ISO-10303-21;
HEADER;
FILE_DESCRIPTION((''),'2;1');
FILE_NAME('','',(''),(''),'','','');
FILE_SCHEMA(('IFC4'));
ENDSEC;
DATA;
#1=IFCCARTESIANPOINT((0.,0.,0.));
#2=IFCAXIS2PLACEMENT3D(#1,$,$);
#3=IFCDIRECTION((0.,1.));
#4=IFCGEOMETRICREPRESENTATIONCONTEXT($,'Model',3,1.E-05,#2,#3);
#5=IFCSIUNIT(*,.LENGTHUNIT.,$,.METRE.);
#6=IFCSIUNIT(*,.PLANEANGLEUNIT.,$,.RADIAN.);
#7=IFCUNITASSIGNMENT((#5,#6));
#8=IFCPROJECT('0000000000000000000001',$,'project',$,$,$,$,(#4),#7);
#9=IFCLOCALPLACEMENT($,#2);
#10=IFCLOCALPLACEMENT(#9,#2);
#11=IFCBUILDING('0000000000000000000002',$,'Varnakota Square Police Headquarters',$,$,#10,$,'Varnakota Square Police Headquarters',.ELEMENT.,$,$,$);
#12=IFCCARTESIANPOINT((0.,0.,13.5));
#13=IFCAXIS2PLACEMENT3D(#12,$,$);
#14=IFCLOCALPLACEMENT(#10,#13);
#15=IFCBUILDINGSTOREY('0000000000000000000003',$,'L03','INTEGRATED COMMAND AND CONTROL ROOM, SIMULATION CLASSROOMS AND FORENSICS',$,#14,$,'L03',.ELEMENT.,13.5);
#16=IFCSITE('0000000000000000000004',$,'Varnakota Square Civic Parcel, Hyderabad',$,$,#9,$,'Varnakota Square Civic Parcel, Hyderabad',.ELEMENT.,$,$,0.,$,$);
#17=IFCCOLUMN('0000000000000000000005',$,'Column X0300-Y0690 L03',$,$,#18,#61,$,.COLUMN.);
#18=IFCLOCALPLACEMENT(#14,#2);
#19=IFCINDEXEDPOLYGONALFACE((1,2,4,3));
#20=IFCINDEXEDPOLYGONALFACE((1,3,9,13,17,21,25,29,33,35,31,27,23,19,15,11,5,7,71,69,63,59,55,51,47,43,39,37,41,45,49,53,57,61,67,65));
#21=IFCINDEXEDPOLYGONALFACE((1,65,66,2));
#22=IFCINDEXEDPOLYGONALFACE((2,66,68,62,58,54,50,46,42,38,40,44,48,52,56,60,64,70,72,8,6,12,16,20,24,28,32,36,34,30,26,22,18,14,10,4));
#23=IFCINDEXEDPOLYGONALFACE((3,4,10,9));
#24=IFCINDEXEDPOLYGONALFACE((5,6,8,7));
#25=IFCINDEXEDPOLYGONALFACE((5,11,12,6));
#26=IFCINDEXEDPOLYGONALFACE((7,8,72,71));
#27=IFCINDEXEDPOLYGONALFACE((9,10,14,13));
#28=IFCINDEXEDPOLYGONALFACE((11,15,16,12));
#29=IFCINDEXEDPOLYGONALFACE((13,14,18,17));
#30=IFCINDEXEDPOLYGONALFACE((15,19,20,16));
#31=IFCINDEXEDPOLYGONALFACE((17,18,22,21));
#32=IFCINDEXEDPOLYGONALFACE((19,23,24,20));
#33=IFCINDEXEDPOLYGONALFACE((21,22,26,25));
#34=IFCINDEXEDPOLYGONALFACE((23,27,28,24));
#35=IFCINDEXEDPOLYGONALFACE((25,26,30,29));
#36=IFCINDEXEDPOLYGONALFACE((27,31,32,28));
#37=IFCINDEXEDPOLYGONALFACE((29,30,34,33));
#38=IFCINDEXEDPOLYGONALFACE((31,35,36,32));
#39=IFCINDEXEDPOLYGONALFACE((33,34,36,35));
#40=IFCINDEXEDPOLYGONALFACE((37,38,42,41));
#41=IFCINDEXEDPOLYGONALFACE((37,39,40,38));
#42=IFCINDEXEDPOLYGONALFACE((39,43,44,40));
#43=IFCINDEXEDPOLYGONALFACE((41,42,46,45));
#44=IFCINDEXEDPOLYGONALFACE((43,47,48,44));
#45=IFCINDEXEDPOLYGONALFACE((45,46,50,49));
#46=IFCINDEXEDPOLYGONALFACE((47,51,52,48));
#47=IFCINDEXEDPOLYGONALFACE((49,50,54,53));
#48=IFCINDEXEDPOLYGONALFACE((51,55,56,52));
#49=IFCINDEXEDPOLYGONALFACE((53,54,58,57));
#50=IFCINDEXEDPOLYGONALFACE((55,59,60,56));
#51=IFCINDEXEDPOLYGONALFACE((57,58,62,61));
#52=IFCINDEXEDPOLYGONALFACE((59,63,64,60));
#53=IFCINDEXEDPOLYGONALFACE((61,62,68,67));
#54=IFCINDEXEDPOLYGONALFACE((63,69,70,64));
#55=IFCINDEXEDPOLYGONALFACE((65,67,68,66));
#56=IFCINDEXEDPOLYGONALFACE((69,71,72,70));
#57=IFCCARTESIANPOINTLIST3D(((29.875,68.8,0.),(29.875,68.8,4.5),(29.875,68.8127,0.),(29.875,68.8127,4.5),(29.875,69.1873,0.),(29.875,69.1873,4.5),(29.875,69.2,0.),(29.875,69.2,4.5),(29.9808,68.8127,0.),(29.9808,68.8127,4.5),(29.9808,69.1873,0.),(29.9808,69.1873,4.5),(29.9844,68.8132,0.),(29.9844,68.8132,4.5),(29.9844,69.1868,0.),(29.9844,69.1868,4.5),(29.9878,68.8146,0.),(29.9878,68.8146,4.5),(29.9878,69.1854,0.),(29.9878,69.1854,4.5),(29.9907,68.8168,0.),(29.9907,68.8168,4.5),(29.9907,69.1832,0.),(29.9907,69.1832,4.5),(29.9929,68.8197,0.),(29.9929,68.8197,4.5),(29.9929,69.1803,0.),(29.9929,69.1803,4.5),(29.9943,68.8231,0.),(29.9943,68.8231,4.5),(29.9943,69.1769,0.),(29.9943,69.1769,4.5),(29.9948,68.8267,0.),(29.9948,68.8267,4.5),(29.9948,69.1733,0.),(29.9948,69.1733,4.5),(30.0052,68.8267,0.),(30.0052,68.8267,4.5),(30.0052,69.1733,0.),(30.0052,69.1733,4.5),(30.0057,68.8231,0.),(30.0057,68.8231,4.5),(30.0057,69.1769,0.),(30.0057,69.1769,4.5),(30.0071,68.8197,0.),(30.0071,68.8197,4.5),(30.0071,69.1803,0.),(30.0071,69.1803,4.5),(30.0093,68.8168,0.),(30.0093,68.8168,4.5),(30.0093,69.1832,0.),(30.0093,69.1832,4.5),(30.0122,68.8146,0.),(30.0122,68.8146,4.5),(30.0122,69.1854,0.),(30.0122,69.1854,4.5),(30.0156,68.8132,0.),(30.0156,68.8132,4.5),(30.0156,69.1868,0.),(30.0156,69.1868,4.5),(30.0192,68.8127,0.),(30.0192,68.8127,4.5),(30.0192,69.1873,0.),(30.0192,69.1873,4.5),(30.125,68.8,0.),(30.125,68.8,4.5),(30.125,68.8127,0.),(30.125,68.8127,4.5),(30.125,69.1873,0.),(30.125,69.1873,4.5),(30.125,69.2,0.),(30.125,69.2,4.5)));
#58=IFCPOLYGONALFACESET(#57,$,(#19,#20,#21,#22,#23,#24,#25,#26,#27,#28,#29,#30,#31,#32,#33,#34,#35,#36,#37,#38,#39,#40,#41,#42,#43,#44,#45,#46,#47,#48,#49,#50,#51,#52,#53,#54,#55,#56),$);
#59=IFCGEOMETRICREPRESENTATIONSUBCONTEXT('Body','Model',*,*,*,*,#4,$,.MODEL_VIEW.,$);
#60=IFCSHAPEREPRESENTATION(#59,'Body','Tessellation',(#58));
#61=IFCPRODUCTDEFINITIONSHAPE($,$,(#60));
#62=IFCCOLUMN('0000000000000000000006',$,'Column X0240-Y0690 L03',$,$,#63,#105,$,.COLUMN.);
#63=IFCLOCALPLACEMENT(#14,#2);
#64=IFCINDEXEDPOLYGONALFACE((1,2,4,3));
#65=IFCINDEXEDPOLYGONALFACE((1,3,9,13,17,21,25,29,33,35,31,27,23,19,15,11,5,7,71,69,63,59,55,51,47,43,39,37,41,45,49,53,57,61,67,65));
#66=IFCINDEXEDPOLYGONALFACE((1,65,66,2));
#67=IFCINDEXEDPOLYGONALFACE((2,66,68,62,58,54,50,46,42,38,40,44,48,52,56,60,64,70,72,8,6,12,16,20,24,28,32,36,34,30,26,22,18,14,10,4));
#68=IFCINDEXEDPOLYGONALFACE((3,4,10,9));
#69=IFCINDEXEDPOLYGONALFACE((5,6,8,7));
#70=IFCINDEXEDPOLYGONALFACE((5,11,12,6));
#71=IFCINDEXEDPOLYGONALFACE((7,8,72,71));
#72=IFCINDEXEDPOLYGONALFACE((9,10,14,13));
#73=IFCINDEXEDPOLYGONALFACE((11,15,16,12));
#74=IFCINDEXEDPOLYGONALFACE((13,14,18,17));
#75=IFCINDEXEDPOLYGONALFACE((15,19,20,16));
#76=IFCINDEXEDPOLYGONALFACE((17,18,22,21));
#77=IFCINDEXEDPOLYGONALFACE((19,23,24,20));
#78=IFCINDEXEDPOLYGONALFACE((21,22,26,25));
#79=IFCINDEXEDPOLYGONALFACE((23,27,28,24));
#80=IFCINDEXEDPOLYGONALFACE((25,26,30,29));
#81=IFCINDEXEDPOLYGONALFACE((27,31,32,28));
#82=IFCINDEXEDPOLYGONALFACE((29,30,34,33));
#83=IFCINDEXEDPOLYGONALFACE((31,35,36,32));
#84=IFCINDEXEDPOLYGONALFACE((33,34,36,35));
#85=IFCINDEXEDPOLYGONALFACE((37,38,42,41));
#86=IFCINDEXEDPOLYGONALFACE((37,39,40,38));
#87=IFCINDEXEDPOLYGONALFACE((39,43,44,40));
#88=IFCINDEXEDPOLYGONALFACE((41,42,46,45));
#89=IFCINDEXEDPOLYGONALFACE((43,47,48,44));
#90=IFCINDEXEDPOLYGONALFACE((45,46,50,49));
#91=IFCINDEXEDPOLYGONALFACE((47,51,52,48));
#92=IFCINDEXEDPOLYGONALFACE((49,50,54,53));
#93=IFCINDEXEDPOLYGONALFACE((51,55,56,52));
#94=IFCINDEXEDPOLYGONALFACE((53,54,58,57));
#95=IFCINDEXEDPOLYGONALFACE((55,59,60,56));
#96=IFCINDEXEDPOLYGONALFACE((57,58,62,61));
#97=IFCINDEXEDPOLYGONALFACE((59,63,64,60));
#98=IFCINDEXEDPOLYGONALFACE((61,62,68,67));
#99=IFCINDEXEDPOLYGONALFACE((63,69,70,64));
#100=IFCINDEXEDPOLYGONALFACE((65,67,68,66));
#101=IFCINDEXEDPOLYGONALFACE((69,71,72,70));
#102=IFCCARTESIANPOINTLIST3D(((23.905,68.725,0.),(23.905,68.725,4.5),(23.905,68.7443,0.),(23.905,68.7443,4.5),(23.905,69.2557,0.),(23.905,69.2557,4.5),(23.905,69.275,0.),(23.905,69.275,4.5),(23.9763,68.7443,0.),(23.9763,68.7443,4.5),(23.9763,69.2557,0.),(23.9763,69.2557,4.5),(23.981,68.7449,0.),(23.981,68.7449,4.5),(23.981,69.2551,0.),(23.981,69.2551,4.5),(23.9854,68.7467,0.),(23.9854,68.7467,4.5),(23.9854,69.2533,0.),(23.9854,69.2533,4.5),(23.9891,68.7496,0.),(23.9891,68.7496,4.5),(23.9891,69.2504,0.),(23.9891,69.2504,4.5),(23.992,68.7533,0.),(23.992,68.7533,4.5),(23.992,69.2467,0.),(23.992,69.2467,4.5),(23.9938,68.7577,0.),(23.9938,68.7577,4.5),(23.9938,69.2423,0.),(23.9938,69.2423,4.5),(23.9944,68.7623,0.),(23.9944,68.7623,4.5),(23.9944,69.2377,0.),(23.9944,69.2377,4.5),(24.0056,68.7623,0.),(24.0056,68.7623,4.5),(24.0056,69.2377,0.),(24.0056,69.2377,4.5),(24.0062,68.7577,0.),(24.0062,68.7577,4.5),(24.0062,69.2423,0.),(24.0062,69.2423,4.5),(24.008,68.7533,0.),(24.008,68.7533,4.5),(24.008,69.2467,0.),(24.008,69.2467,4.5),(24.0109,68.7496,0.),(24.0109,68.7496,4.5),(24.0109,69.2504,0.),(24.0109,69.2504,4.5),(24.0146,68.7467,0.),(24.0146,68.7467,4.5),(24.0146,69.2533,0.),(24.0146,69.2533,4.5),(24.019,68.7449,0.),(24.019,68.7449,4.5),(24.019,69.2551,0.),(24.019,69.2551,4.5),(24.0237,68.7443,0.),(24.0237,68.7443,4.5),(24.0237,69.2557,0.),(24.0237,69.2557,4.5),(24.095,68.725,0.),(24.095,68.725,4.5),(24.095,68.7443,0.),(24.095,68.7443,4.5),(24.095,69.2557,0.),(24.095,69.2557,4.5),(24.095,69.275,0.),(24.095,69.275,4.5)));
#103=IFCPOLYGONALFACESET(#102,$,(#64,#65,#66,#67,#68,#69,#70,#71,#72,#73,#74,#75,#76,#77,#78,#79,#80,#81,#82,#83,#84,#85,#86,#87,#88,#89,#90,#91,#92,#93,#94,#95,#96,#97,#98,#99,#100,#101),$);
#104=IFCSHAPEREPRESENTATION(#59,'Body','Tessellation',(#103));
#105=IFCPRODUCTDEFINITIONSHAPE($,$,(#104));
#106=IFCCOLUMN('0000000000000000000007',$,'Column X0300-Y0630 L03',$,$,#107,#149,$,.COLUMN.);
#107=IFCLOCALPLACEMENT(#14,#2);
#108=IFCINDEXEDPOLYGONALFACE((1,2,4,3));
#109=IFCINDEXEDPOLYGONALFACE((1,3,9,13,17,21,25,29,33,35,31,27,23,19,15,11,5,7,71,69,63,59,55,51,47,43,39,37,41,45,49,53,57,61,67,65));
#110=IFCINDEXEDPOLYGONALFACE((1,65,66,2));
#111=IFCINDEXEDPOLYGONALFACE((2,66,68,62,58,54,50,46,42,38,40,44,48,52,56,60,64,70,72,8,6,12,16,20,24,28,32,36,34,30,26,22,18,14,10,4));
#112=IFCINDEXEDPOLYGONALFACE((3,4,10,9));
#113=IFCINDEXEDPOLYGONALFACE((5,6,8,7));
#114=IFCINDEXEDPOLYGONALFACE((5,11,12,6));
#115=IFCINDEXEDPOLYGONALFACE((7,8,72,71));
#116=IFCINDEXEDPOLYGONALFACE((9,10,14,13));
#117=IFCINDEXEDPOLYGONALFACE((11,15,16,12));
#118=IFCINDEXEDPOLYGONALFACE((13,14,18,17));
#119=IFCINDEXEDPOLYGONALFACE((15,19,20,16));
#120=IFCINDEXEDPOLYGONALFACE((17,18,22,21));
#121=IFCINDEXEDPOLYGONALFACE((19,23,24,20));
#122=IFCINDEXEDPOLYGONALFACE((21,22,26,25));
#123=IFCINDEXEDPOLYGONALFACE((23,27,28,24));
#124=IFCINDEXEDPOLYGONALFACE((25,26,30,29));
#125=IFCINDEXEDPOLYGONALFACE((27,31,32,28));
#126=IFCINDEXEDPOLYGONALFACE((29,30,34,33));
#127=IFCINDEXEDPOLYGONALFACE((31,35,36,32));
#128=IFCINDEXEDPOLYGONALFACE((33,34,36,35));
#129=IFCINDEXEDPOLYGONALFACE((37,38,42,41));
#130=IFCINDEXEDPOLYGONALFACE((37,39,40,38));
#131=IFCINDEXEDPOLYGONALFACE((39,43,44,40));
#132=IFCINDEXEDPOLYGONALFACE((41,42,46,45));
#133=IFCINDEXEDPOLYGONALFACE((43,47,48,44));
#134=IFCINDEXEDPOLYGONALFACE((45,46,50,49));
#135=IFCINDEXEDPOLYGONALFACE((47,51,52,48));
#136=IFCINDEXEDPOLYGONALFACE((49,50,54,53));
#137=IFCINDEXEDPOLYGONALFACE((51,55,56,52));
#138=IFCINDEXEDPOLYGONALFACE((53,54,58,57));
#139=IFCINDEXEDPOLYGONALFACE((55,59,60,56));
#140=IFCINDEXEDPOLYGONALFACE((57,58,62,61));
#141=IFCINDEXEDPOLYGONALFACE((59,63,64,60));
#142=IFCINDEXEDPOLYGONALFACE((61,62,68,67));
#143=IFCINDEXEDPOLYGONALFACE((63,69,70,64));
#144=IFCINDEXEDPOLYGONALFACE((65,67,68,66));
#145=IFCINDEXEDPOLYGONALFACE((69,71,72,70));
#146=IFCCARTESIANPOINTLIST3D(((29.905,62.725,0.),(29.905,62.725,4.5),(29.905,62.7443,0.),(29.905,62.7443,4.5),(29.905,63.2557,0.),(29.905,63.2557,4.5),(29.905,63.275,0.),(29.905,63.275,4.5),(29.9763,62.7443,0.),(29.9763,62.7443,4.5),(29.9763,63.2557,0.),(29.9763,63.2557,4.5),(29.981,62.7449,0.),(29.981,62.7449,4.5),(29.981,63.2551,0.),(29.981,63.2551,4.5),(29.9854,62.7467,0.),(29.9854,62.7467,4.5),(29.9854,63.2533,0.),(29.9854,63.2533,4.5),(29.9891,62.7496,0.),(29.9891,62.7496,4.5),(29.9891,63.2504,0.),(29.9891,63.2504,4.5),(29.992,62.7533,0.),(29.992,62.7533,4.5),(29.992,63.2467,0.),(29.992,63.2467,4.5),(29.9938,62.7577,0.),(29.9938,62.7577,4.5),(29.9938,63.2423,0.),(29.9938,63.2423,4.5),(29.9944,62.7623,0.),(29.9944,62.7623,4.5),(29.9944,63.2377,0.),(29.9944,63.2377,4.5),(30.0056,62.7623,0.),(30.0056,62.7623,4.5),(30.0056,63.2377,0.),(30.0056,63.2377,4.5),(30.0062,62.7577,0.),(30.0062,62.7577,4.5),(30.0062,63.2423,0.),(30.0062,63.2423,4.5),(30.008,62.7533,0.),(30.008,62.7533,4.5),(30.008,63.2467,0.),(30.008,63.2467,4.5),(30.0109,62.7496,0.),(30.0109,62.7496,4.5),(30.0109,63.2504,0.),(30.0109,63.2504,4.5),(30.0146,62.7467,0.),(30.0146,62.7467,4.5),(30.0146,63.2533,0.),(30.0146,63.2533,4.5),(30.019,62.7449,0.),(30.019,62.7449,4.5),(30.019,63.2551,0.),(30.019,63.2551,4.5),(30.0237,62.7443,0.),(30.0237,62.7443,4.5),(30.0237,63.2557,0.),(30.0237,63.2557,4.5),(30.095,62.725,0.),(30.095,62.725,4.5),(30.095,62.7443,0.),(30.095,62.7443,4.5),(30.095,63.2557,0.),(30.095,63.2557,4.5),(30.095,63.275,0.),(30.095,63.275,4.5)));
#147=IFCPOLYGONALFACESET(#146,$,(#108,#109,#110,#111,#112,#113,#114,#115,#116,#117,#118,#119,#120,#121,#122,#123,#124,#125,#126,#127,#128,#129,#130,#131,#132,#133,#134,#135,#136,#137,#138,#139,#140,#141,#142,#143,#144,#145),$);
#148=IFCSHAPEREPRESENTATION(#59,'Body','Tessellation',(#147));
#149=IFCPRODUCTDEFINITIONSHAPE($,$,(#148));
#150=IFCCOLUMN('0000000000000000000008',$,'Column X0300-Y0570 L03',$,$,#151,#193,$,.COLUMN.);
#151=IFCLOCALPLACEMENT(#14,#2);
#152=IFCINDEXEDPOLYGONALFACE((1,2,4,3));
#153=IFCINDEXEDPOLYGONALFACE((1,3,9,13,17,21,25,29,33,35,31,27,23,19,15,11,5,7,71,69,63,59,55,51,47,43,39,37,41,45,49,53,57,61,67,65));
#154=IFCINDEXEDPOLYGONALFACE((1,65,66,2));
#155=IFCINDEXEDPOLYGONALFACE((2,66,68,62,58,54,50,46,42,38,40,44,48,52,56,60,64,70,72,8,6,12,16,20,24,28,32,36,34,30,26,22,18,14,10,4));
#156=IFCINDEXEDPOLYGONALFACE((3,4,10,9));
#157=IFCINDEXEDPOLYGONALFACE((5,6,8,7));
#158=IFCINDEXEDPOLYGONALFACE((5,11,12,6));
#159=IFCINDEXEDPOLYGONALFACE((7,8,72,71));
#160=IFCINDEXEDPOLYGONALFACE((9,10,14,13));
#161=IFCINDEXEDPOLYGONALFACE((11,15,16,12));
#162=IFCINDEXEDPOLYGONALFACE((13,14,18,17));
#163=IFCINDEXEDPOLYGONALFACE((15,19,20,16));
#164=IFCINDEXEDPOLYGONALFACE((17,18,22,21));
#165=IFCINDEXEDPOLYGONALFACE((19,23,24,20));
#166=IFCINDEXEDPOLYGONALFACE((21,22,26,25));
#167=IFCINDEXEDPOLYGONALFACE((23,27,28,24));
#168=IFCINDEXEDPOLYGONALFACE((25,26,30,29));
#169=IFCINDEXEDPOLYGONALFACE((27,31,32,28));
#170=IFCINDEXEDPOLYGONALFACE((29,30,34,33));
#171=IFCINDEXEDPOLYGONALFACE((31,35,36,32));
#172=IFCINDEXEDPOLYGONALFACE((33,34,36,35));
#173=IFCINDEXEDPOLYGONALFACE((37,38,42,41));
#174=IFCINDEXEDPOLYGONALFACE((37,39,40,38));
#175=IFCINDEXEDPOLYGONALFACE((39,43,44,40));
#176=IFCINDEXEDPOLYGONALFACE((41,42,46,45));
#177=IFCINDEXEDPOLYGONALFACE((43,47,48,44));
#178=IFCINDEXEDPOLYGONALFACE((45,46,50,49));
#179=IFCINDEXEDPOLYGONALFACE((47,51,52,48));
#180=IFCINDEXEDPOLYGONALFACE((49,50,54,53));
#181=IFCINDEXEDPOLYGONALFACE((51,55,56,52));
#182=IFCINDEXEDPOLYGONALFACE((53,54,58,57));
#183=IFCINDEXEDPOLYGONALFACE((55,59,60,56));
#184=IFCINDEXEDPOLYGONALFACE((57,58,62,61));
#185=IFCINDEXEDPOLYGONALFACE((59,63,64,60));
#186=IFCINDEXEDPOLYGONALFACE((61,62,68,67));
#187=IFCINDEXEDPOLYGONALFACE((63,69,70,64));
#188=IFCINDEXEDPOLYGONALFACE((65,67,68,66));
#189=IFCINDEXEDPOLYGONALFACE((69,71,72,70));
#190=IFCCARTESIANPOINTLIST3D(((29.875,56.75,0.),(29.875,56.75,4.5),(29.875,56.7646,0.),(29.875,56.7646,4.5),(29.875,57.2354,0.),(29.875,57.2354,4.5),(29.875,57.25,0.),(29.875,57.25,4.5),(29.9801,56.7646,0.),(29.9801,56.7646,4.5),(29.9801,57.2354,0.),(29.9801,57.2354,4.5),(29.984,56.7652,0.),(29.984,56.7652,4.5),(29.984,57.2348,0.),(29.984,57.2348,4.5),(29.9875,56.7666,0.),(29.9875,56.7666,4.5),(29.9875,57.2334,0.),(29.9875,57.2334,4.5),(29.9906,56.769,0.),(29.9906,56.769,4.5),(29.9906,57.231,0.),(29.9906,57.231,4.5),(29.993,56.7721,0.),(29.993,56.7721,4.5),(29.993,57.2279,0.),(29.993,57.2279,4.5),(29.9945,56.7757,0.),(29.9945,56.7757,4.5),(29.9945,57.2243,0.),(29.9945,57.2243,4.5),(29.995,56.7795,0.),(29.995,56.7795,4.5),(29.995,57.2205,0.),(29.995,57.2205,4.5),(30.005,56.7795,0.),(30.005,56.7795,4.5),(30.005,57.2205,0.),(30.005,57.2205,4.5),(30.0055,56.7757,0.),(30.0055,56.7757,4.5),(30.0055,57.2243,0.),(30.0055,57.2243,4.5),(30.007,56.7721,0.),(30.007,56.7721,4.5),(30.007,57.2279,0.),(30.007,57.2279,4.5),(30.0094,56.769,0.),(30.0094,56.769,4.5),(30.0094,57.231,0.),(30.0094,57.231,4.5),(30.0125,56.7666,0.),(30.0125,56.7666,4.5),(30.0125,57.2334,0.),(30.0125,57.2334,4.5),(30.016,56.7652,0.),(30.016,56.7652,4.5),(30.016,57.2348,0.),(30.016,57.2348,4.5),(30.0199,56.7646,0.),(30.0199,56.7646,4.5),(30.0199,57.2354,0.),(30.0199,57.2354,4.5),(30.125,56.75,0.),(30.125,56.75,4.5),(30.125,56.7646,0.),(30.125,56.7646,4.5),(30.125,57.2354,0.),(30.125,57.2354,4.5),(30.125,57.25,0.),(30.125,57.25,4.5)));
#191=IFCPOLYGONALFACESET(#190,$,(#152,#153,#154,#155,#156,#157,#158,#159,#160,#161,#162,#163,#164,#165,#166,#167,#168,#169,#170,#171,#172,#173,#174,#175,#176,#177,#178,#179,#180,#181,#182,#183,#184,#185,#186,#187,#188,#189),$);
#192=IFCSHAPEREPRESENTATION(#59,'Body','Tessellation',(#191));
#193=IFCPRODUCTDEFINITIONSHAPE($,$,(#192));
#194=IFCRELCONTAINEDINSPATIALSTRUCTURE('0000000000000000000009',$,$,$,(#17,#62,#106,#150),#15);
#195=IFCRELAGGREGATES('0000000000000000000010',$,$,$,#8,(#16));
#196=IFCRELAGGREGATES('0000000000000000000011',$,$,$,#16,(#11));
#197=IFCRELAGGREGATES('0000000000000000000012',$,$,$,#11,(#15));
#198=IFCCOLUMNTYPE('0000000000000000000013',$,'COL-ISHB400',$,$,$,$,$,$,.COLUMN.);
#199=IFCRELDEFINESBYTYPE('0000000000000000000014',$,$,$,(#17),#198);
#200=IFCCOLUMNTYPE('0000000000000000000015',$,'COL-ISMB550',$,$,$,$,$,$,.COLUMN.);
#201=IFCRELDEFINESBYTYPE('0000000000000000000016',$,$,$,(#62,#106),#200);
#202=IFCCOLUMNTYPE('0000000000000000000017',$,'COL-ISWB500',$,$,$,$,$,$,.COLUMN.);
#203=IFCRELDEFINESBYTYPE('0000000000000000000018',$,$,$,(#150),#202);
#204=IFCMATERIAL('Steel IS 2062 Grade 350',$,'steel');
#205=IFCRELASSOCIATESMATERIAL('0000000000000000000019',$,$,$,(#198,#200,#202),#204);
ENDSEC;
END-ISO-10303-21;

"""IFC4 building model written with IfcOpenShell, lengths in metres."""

from ifc_helpers import new_model, si_unit, direction, frame, origin, origin_2d, place, context, subcontext, project, spatial, i_section, extrude, material, material_profile, profile_set, type_object, element, save


model = new_model("IFC4")

# Units and contexts
model_context = context("Model", 3, precision=1e-05, world=origin(), true_north=direction((0.0, 1.0)))
body_context = subcontext(model_context, "Body", "Model", "MODEL_VIEW")
ifc_project = project(units=[si_unit("LENGTHUNIT", "METRE"), si_unit("PLANEANGLEUNIT", "RADIAN")], contexts=[model_context])

# Site, building, storey
site_placement = place(None, origin())
site = spatial("IfcSite", under=ifc_project, at=site_placement, Name="Varnakota Square Civic Parcel, Hyderabad", LongName="Varnakota Square Civic Parcel, Hyderabad", CompositionType="ELEMENT", RefElevation=0.0)
building_placement = place(site_placement, origin())
building = spatial("IfcBuilding", under=site, at=building_placement, Name="Varnakota Square Police Headquarters", LongName="Varnakota Square Police Headquarters", CompositionType="ELEMENT")
storey_placement = place(building_placement, frame((0.0, 0.0, 13.5)))
storey = spatial("IfcBuildingStorey", under=building, at=storey_placement, Name="L03", Description="INTEGRATED COMMAND AND CONTROL ROOM, SIMULATION CLASSROOMS AND FORENSICS", LongName="L03", CompositionType="ELEMENT", Elevation=13.5)

# Columns
ifc_material_1 = material(Name="Steel IS 2062 Grade 350", Category="steel")
ifc_material_profile_1 = material_profile(ifc_material_1, i_section(OverallWidth=0.25, OverallDepth=0.3999, WebThickness=0.0105, FlangeThickness=0.0127, FilletRadius=0.0139, at=origin_2d()), Name="ISHB 400")
ifc_profile_set_1 = profile_set([ifc_material_profile_1], Name="Steel IS 2062 Grade 350")
column_type_1 = type_object("IfcColumnType", Name="COL-ISHB400", PredefinedType="COLUMN", material=ifc_profile_set_1)
column_1_placement = place(storey_placement, frame((30.0, 69.0, 0.0), z_axis=(0.0, 0.0, 1.0), x_axis=(1.0, 0.0, 0.0)))
element("IfcColumn", 1, at=column_1_placement, inside=storey, type_object=column_type_1, Name="Column X0300-Y0690 L03", PredefinedType="COLUMN", context=body_context, shape_type="SweptSolid", body=[
    extrude(i_section(OverallWidth=0.25, OverallDepth=0.3999, WebThickness=0.0105, FlangeThickness=0.0127, FilletRadius=0.0139, at=origin_2d()), origin(), (0.0, 0.0, 1.0), 4.5),
])
ifc_material_profile_2 = material_profile(ifc_material_1, i_section(OverallWidth=0.1899, OverallDepth=0.55, WebThickness=0.0112, FlangeThickness=0.0193, FilletRadius=0.0181, at=origin_2d()), Name="ISMB 550")
ifc_profile_set_2 = profile_set([ifc_material_profile_2], Name="Steel IS 2062 Grade 350")
column_type_2 = type_object("IfcColumnType", Name="COL-ISMB550", PredefinedType="COLUMN", material=ifc_profile_set_2)
for number, where, z_axis, x_axis, name in (
    (2, (24.0, 69.0, 0.0), (0.0, 0.0, 1.0), (1.0, 0.0, 0.0), "Column X0240-Y0690 L03"),
    (3, (30.0, 63.0, 0.0), (0.0, 0.0, 1.0), (1.0, 0.0, 0.0), "Column X0300-Y0630 L03"),
):
    element("IfcColumn", number, at=place(storey_placement, frame(where, z_axis=z_axis, x_axis=x_axis)), inside=storey, type_object=column_type_2, Name=name, PredefinedType="COLUMN", context=body_context, shape_type="SweptSolid", body=[
        extrude(i_section(OverallWidth=0.1899, OverallDepth=0.55, WebThickness=0.0112, FlangeThickness=0.0193, FilletRadius=0.0181, at=origin_2d()), origin(), (0.0, 0.0, 1.0), 4.5),
    ])
ifc_material_profile_3 = material_profile(ifc_material_1, i_section(OverallWidth=0.25, OverallDepth=0.5, WebThickness=0.01, FlangeThickness=0.0146, FilletRadius=0.0149, at=origin_2d()), Name="ISWB 500")
ifc_profile_set_3 = profile_set([ifc_material_profile_3], Name="Steel IS 2062 Grade 350")
column_type_3 = type_object("IfcColumnType", Name="COL-ISWB500", PredefinedType="COLUMN", material=ifc_profile_set_3)
column_2_placement = place(storey_placement, frame((30.0, 57.0, 0.0), z_axis=(0.0, 0.0, 1.0), x_axis=(1.0, 0.0, 0.0)))
element("IfcColumn", 4, at=column_2_placement, inside=storey, type_object=column_type_3, Name="Column X0300-Y0570 L03", PredefinedType="COLUMN", context=body_context, shape_type="SweptSolid", body=[
    extrude(i_section(OverallWidth=0.25, OverallDepth=0.5, WebThickness=0.01, FlangeThickness=0.0146, FilletRadius=0.0149, at=origin_2d()), origin(), (0.0, 0.0, 1.0), 4.5),
])

save(model, "model.ifc")
